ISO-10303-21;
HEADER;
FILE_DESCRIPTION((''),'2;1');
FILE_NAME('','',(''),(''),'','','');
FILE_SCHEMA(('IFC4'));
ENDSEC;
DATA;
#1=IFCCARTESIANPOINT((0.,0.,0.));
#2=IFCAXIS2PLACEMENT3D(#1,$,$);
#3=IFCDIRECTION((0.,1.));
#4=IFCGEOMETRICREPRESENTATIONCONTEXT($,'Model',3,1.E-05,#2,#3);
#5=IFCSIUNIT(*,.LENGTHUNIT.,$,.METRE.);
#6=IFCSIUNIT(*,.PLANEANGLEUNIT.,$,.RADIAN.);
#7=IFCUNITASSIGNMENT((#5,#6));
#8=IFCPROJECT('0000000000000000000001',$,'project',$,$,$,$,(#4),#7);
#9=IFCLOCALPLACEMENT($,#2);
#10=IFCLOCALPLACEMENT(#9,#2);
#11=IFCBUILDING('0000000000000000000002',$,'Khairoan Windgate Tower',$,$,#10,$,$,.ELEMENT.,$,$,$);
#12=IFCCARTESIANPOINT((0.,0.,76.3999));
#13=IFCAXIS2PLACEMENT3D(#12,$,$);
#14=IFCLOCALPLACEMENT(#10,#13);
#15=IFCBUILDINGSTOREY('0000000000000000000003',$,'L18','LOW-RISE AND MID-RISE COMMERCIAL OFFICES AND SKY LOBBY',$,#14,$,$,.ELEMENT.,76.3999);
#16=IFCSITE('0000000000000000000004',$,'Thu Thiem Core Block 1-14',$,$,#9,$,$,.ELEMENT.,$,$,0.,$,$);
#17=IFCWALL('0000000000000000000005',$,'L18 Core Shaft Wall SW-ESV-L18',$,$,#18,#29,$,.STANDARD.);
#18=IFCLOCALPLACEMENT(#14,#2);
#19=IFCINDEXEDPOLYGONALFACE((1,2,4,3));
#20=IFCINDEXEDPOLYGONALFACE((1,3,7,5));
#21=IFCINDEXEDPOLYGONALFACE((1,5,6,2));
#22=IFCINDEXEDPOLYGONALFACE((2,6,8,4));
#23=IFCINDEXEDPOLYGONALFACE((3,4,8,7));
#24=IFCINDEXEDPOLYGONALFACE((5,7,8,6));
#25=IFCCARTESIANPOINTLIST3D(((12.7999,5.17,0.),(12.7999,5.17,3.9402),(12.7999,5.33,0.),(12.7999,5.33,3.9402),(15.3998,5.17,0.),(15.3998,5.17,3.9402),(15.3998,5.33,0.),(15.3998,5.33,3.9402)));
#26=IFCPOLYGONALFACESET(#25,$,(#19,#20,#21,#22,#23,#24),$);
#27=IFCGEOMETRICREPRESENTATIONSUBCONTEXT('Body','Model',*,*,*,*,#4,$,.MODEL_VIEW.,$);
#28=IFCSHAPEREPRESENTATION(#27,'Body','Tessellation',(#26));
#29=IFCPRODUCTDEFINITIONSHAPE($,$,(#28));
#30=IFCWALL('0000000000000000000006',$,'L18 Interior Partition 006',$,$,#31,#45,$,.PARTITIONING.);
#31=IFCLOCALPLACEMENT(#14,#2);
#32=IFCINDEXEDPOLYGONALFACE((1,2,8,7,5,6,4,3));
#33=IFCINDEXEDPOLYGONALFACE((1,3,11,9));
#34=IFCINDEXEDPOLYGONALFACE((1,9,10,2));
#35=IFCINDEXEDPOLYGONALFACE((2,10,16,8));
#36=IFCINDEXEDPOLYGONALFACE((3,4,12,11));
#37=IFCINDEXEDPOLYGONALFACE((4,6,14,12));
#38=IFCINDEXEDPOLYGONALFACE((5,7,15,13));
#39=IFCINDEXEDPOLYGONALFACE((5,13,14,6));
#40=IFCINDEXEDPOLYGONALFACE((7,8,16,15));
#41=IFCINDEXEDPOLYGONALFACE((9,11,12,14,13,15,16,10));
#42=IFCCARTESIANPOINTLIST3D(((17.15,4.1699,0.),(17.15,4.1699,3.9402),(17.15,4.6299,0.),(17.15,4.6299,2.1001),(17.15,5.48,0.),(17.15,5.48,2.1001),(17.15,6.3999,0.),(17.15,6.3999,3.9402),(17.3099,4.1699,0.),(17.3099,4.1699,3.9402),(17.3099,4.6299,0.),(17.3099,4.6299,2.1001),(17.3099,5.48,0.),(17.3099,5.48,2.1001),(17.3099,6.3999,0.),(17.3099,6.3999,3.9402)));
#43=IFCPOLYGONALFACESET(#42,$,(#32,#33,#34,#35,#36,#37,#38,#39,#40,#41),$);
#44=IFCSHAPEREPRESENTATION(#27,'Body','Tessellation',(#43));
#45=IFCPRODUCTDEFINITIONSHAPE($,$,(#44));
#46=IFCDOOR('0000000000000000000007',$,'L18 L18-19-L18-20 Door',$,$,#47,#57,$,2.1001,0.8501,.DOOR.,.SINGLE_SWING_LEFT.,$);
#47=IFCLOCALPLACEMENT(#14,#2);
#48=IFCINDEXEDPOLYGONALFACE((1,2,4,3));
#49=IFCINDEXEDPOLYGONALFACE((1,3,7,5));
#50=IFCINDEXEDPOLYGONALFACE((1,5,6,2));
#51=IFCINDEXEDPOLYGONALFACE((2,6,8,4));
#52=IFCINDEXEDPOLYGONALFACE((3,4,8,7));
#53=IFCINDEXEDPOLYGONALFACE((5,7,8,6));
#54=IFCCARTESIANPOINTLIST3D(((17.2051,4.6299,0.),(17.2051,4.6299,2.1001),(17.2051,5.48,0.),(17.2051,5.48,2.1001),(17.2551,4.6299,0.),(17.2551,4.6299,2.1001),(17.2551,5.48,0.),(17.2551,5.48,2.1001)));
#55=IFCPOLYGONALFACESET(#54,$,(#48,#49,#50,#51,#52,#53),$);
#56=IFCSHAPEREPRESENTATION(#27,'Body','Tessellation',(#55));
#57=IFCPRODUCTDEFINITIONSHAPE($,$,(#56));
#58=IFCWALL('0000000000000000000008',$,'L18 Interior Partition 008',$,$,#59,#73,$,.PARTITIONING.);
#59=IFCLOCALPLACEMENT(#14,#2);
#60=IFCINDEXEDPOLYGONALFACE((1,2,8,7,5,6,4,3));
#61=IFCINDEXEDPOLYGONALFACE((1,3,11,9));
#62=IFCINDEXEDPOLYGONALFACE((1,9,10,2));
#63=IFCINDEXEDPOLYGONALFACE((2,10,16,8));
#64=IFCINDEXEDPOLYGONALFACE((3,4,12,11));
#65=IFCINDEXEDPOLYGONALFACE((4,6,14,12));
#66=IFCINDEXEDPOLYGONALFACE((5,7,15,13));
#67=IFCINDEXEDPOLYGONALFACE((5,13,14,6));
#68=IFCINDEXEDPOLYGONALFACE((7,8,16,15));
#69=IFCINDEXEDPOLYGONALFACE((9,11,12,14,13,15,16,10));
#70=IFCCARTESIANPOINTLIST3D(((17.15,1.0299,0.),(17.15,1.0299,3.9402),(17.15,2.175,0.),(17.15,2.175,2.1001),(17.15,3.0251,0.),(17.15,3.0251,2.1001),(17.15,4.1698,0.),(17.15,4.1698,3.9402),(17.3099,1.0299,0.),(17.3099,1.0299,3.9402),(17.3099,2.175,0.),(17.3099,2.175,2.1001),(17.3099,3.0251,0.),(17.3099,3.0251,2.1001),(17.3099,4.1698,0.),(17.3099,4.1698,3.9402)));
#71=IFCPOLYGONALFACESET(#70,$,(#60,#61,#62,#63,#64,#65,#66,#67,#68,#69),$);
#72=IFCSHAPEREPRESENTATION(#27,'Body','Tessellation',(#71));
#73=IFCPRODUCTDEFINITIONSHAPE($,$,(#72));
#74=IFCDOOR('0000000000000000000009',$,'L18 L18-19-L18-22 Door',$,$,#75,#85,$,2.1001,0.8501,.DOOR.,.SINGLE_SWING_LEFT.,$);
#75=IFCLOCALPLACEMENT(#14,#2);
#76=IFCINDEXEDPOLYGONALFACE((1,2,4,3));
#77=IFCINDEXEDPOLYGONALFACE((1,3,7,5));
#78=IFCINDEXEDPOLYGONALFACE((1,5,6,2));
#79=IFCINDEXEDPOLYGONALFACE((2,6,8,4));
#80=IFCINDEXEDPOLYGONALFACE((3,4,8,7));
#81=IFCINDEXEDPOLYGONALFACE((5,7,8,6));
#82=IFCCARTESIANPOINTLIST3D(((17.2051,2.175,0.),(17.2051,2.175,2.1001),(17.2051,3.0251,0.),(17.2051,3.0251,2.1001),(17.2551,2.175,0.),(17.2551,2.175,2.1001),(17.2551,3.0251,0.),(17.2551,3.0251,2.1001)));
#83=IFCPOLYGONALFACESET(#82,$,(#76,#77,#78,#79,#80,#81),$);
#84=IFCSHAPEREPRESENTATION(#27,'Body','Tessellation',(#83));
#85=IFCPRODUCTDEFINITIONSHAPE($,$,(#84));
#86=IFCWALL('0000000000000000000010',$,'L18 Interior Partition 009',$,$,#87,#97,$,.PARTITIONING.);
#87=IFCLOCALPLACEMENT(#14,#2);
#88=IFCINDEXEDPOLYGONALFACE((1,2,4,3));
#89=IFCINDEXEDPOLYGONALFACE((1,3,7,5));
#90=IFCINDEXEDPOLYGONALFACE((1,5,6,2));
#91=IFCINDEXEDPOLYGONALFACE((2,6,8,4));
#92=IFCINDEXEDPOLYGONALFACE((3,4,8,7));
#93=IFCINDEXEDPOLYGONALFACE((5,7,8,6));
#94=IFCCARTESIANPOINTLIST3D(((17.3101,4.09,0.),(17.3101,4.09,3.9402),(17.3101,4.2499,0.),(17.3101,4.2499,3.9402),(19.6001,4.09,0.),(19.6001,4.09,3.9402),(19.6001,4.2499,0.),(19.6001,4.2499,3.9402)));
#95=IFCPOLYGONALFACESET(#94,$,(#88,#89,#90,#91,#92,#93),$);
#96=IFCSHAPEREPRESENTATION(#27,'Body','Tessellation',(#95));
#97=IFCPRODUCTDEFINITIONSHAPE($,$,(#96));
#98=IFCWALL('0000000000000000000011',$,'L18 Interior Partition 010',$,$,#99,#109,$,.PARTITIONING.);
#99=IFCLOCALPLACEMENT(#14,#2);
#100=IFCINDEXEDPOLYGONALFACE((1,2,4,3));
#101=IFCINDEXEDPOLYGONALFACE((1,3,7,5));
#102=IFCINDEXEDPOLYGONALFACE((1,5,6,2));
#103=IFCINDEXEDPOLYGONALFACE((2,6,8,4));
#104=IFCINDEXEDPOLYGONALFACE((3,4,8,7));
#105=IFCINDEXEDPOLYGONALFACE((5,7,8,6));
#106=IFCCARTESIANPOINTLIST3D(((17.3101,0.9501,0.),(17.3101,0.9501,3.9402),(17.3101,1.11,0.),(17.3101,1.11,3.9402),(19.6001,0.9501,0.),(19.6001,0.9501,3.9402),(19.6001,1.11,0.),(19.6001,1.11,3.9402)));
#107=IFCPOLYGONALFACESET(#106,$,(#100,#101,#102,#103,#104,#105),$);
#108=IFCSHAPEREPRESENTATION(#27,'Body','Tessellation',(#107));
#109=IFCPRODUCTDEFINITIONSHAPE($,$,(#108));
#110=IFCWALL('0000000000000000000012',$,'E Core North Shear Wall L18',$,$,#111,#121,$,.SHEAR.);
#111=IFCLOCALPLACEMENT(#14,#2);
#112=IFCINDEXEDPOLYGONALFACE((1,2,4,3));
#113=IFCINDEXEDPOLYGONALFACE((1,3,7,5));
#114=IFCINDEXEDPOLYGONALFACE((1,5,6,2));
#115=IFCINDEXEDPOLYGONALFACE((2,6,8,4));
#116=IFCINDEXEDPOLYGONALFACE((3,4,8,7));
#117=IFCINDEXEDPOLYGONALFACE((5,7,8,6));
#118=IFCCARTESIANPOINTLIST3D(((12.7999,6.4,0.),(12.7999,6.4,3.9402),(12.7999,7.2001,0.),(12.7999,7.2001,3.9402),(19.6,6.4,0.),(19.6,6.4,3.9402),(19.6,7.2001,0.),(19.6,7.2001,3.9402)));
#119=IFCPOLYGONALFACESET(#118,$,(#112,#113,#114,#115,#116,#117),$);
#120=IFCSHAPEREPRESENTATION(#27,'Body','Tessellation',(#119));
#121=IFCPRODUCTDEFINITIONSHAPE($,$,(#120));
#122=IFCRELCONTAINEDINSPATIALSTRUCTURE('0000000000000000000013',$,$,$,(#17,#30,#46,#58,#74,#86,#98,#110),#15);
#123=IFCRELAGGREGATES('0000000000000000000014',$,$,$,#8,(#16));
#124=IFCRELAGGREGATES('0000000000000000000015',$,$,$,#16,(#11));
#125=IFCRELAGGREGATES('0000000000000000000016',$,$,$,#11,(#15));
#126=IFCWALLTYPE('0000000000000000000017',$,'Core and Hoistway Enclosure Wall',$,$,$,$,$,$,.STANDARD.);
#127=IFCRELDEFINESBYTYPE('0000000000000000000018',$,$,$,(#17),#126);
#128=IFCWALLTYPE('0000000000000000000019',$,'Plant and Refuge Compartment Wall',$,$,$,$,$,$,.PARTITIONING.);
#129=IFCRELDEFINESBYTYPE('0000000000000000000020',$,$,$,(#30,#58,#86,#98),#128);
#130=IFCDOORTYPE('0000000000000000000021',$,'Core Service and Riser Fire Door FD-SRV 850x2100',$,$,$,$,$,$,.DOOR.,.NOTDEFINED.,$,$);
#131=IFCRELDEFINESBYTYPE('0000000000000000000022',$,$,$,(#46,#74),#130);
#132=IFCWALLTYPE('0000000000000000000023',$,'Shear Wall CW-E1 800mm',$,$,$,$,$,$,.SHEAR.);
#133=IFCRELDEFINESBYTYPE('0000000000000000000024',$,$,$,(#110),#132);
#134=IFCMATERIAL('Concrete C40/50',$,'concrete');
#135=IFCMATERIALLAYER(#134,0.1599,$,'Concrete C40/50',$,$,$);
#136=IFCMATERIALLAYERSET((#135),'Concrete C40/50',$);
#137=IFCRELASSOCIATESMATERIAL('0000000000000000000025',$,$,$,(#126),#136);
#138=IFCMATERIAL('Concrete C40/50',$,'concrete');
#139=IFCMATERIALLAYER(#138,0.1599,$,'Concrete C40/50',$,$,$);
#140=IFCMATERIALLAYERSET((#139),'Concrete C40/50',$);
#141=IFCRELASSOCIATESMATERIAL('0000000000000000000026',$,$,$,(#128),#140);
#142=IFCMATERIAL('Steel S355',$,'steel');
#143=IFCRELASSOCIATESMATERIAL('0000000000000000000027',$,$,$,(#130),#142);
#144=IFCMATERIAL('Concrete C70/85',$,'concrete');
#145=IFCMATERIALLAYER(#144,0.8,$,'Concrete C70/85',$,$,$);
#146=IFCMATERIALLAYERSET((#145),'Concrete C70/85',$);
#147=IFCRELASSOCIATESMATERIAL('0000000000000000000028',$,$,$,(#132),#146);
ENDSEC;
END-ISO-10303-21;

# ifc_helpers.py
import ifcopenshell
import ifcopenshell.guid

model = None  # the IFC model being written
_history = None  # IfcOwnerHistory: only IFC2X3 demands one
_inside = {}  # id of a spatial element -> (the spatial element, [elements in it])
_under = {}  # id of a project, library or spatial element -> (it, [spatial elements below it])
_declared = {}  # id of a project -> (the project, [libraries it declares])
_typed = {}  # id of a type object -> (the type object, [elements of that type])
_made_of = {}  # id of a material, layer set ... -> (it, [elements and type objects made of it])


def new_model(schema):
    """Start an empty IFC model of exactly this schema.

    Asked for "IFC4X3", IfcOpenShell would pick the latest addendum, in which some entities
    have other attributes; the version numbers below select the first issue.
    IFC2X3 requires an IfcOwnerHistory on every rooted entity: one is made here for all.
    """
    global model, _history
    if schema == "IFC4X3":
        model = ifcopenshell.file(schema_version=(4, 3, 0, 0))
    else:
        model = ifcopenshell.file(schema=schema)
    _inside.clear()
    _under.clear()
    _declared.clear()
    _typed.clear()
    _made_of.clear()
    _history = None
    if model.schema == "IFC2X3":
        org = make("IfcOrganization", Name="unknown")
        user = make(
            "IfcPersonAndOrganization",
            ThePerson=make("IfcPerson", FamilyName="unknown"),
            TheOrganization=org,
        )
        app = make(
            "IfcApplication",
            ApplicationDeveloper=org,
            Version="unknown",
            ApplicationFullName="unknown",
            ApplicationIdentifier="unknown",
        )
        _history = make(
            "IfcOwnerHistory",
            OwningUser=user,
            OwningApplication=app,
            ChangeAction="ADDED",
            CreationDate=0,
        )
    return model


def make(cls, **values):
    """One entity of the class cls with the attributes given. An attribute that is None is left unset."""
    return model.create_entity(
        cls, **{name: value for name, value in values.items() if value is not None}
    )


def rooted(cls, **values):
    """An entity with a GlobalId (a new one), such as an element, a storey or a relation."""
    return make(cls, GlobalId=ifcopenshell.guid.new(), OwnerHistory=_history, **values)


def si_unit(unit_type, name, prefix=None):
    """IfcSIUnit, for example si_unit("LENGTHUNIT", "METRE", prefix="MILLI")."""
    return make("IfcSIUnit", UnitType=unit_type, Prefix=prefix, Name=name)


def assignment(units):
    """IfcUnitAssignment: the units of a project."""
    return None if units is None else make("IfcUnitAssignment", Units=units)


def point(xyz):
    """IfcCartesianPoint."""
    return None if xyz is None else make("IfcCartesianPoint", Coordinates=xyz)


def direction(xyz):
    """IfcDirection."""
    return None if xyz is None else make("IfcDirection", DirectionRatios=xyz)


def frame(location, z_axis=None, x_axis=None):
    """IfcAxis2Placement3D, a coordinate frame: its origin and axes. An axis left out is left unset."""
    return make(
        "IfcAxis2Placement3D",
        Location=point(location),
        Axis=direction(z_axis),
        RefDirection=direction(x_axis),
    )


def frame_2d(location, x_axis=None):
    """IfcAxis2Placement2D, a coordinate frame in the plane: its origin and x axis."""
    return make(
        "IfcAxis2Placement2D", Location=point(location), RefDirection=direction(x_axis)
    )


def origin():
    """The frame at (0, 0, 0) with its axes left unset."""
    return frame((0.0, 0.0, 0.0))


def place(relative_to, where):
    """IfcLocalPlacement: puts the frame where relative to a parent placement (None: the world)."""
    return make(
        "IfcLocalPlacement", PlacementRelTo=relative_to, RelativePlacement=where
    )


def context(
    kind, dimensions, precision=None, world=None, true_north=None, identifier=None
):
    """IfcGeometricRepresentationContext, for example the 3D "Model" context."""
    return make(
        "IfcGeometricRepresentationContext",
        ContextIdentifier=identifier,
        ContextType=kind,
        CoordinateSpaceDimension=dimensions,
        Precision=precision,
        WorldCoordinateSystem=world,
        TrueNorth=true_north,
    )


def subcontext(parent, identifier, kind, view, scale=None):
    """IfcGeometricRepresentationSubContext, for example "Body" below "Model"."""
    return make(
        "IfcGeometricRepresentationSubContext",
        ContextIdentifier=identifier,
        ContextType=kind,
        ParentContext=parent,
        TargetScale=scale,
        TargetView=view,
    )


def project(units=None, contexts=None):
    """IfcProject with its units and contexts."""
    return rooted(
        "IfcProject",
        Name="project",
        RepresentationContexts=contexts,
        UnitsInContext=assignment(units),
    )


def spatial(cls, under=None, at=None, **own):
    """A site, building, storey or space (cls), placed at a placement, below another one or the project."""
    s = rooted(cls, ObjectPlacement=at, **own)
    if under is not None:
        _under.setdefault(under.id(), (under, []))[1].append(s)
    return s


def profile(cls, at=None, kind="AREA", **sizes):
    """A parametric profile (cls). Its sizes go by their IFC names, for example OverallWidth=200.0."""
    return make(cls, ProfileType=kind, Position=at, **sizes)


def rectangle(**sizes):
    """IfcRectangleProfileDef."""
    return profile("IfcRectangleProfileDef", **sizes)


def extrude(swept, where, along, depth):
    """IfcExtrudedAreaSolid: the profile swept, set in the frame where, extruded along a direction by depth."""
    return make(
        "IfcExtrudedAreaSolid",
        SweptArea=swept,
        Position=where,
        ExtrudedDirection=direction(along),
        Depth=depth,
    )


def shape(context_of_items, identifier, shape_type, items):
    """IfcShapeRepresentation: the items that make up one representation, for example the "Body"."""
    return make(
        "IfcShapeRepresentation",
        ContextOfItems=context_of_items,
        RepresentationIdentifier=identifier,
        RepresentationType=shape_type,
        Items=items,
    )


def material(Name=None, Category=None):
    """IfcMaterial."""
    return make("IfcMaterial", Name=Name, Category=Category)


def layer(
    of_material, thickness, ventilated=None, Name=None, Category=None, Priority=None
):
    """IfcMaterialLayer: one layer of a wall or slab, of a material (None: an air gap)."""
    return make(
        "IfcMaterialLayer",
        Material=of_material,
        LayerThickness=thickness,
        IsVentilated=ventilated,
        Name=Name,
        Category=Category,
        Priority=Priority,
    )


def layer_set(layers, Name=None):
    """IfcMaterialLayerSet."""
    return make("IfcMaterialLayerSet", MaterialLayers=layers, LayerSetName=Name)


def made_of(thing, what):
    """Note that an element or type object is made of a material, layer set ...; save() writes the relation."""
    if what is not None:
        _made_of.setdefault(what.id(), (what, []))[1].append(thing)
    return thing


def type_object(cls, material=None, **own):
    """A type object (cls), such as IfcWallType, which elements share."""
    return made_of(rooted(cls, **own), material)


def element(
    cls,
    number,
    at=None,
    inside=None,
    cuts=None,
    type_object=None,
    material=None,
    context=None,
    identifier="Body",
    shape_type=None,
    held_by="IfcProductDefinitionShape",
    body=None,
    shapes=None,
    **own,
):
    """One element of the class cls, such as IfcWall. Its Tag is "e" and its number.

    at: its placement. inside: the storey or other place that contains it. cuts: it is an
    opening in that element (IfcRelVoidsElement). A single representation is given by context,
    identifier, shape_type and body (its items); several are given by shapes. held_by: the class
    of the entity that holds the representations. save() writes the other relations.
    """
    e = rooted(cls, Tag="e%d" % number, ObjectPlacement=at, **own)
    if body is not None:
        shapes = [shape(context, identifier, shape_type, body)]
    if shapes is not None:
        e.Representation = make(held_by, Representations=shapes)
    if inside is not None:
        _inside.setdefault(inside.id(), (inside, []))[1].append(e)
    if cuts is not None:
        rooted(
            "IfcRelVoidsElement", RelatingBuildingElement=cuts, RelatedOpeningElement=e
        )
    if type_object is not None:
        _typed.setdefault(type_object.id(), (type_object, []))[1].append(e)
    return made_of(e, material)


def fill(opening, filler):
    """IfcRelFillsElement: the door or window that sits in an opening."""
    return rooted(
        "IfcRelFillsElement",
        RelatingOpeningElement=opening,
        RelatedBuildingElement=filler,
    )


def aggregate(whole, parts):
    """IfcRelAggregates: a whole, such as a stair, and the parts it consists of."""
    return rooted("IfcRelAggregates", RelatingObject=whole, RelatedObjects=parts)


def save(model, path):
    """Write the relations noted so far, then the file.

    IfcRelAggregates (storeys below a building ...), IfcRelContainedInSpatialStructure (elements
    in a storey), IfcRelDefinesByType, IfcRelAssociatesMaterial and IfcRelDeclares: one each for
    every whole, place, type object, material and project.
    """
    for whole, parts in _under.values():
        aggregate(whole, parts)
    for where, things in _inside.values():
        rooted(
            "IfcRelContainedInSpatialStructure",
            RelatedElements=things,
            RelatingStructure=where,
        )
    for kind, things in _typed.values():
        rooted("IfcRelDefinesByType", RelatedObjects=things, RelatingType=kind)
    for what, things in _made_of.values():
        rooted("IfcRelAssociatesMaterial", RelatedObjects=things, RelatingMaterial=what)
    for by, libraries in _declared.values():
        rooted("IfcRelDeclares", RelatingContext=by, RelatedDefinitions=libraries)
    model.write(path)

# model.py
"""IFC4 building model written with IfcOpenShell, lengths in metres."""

from ifc_helpers import new_model, si_unit, direction, frame, frame_2d, origin, place, context, subcontext, project, spatial, rectangle, extrude, material, layer, layer_set, type_object, element, fill, save


model = new_model("IFC4")

# Units and contexts
model_context = context("Model", 3, precision=1e-05, world=origin(), true_north=direction((0.0, 1.0)))
body_context = subcontext(model_context, "Body", "Model", "MODEL_VIEW")
ifc_project = project(units=[si_unit("LENGTHUNIT", "METRE"), si_unit("PLANEANGLEUNIT", "RADIAN")], contexts=[model_context])

# Site, building, storey
site_placement = place(None, origin())
site = spatial("IfcSite", under=ifc_project, at=site_placement, Name="Thu Thiem Core Block 1-14", CompositionType="ELEMENT", RefElevation=0.0)
building_placement = place(site_placement, origin())
building = spatial("IfcBuilding", under=site, at=building_placement, Name="Khairoan Windgate Tower", CompositionType="ELEMENT")
storey_placement = place(building_placement, frame((0.0, 0.0, 76.3999)))
storey = spatial("IfcBuildingStorey", under=building, at=storey_placement, Name="L18", Description="LOW-RISE AND MID-RISE COMMERCIAL OFFICES AND SKY LOBBY", CompositionType="ELEMENT", Elevation=76.3999)

# Wall
ifc_material_1 = material(Name="Concrete C40/50", Category="concrete")
ifc_layer_1 = layer(ifc_material_1, 0.1599, Name="Concrete C40/50")
ifc_layer_set_1 = layer_set([ifc_layer_1], Name="Concrete C40/50")
wall_type_1 = type_object("IfcWallType", Name="Core and Hoistway Enclosure Wall", PredefinedType="STANDARD", material=ifc_layer_set_1)
wall_1_placement = place(storey_placement, frame((12.8, 5.25, 0.0), z_axis=(0.0, 0.0, 1.0), x_axis=(1.0, 0.0, 0.0)))
element("IfcWall", 1, at=wall_1_placement, inside=storey, type_object=wall_type_1, Name="L18 Core Shaft Wall SW-ESV-L18", PredefinedType="STANDARD", context=body_context, shape_type="SweptSolid", body=[
    extrude(rectangle(XDim=2.5999, YDim=0.1599, at=frame_2d((1.2998, 0.0))), origin(), (0.0, 0.0, 1.0), 3.9402),
])

# Walls, openings, doors
ifc_material_2 = material(Name="Concrete C40/50", Category="concrete")
ifc_layer_2 = layer(ifc_material_2, 0.1599, Name="Concrete C40/50")
ifc_layer_set_2 = layer_set([ifc_layer_2], Name="Concrete C40/50")
wall_type_2 = type_object("IfcWallType", Name="Plant and Refuge Compartment Wall", PredefinedType="PARTITIONING", material=ifc_layer_set_2)
wall_2_placement = place(storey_placement, frame((17.23, 4.1699, 0.0), z_axis=(0.0, 0.0, 1.0), x_axis=(0.0, 1.0, 0.0)))
wall_2 = element("IfcWall", 2, at=wall_2_placement, inside=storey, type_object=wall_type_2, Name="L18 Interior Partition 006", PredefinedType="PARTITIONING", context=body_context, shape_type="SweptSolid", body=[
    extrude(rectangle(XDim=2.23, YDim=0.1599, at=frame_2d((1.115, 0.0))), origin(), (0.0, 0.0, 1.0), 3.9402),
])
opening_1_placement = place(wall_2_placement, frame((0.46, 0.0, 0.0)))
opening_1 = element("IfcOpeningElement", 3, at=opening_1_placement, cuts=wall_2, PredefinedType="OPENING", context=body_context, shape_type="SweptSolid", body=[
    extrude(rectangle(XDim=0.8501, YDim=2.1001, at=frame_2d((0.425, 1.05))), frame((0.0, 0.0898, 0.0), z_axis=(0.0, -1.0, 0.0), x_axis=(1.0, 0.0, 0.0)), (0.0, 0.0, 1.0), 0.1799),
])
ifc_material_3 = material(Name="Steel S355", Category="steel")
door_type = type_object("IfcDoorType", Name="Core Service and Riser Fire Door FD-SRV 850x2100", OperationType="NOTDEFINED", PredefinedType="DOOR", material=ifc_material_3)
door_1_placement = place(opening_1_placement, origin())
door_1 = element("IfcDoor", 4, at=door_1_placement, inside=storey, type_object=door_type, Name="L18 L18-19-L18-20 Door", OperationType="SINGLE_SWING_LEFT", OverallHeight=2.1001, OverallWidth=0.8501, PredefinedType="DOOR", context=body_context, shape_type="SweptSolid", body=[
    extrude(rectangle(XDim=0.8501, YDim=2.1001, at=frame_2d((0.425, 1.05))), frame((0.0, 0.0249, 0.0), z_axis=(0.0, -1.0, 0.0), x_axis=(1.0, 0.0, 0.0)), (0.0, 0.0, 1.0), 0.05),
])
fill(opening_1, door_1)
wall_3_placement = place(storey_placement, frame((17.23, 1.03, 0.0), z_axis=(0.0, 0.0, 1.0), x_axis=(0.0, 1.0, 0.0)))
wall_3 = element("IfcWall", 5, at=wall_3_placement, inside=storey, type_object=wall_type_2, Name="L18 Interior Partition 008", PredefinedType="PARTITIONING", context=body_context, shape_type="SweptSolid", body=[
    extrude(rectangle(XDim=3.1399, YDim=0.1599, at=frame_2d((1.5698, 0.0))), origin(), (0.0, 0.0, 1.0), 3.9402),
])
opening_2_placement = place(wall_3_placement, frame((1.145, 0.0, 0.0)))
opening_2 = element("IfcOpeningElement", 6, at=opening_2_placement, cuts=wall_3, PredefinedType="OPENING", context=body_context, shape_type="SweptSolid", body=[
    extrude(rectangle(XDim=0.8501, YDim=2.1001, at=frame_2d((0.425, 1.05))), frame((0.0, 0.0898, 0.0), z_axis=(0.0, -1.0, 0.0), x_axis=(1.0, 0.0, 0.0)), (0.0, 0.0, 1.0), 0.1799),
])
door_2_placement = place(opening_2_placement, origin())
door_2 = element("IfcDoor", 7, at=door_2_placement, inside=storey, type_object=door_type, Name="L18 L18-19-L18-22 Door", OperationType="SINGLE_SWING_LEFT", OverallHeight=2.1001, OverallWidth=0.8501, PredefinedType="DOOR", context=body_context, shape_type="SweptSolid", body=[
    extrude(rectangle(XDim=0.8501, YDim=2.1001, at=frame_2d((0.425, 1.05))), frame((0.0, 0.0249, 0.0), z_axis=(0.0, -1.0, 0.0), x_axis=(1.0, 0.0, 0.0)), (0.0, 0.0, 1.0), 0.05),
])
fill(opening_2, door_2)

# Walls
for number, where, z_axis, x_axis, name in (
    (8, (17.3101, 4.1699, 0.0), (0.0, 0.0, 1.0), (1.0, 0.0, 0.0), "L18 Interior Partition 009"),
    (9, (17.3101, 1.03, 0.0), (0.0, 0.0, 1.0), (1.0, 0.0, 0.0), "L18 Interior Partition 010"),
):
    element("IfcWall", number, at=place(storey_placement, frame(where, z_axis=z_axis, x_axis=x_axis)), inside=storey, type_object=wall_type_2, Name=name, PredefinedType="PARTITIONING", context=body_context, shape_type="SweptSolid", body=[
        extrude(rectangle(XDim=2.29, YDim=0.1599, at=frame_2d((1.145, 0.0))), origin(), (0.0, 0.0, 1.0), 3.9402),
    ])
ifc_material_4 = material(Name="Concrete C70/85", Category="concrete")
ifc_layer_3 = layer(ifc_material_4, 0.8, Name="Concrete C70/85")
ifc_layer_set_3 = layer_set([ifc_layer_3], Name="Concrete C70/85")
wall_type_3 = type_object("IfcWallType", Name="Shear Wall CW-E1 800mm", PredefinedType="SHEAR", material=ifc_layer_set_3)
wall_4_placement = place(storey_placement, frame((12.8, 6.8, 0.0), z_axis=(0.0, 0.0, 1.0), x_axis=(1.0, 0.0, 0.0)))
element("IfcWall", 10, at=wall_4_placement, inside=storey, type_object=wall_type_3, Name="E Core North Shear Wall L18", PredefinedType="SHEAR", context=body_context, shape_type="SweptSolid", body=[
    extrude(rectangle(XDim=6.8, YDim=0.8, at=frame_2d((3.3999, 0.0))), origin(), (0.0, 0.0, 1.0), 3.9402),
])

save(model, "model.ifc")
